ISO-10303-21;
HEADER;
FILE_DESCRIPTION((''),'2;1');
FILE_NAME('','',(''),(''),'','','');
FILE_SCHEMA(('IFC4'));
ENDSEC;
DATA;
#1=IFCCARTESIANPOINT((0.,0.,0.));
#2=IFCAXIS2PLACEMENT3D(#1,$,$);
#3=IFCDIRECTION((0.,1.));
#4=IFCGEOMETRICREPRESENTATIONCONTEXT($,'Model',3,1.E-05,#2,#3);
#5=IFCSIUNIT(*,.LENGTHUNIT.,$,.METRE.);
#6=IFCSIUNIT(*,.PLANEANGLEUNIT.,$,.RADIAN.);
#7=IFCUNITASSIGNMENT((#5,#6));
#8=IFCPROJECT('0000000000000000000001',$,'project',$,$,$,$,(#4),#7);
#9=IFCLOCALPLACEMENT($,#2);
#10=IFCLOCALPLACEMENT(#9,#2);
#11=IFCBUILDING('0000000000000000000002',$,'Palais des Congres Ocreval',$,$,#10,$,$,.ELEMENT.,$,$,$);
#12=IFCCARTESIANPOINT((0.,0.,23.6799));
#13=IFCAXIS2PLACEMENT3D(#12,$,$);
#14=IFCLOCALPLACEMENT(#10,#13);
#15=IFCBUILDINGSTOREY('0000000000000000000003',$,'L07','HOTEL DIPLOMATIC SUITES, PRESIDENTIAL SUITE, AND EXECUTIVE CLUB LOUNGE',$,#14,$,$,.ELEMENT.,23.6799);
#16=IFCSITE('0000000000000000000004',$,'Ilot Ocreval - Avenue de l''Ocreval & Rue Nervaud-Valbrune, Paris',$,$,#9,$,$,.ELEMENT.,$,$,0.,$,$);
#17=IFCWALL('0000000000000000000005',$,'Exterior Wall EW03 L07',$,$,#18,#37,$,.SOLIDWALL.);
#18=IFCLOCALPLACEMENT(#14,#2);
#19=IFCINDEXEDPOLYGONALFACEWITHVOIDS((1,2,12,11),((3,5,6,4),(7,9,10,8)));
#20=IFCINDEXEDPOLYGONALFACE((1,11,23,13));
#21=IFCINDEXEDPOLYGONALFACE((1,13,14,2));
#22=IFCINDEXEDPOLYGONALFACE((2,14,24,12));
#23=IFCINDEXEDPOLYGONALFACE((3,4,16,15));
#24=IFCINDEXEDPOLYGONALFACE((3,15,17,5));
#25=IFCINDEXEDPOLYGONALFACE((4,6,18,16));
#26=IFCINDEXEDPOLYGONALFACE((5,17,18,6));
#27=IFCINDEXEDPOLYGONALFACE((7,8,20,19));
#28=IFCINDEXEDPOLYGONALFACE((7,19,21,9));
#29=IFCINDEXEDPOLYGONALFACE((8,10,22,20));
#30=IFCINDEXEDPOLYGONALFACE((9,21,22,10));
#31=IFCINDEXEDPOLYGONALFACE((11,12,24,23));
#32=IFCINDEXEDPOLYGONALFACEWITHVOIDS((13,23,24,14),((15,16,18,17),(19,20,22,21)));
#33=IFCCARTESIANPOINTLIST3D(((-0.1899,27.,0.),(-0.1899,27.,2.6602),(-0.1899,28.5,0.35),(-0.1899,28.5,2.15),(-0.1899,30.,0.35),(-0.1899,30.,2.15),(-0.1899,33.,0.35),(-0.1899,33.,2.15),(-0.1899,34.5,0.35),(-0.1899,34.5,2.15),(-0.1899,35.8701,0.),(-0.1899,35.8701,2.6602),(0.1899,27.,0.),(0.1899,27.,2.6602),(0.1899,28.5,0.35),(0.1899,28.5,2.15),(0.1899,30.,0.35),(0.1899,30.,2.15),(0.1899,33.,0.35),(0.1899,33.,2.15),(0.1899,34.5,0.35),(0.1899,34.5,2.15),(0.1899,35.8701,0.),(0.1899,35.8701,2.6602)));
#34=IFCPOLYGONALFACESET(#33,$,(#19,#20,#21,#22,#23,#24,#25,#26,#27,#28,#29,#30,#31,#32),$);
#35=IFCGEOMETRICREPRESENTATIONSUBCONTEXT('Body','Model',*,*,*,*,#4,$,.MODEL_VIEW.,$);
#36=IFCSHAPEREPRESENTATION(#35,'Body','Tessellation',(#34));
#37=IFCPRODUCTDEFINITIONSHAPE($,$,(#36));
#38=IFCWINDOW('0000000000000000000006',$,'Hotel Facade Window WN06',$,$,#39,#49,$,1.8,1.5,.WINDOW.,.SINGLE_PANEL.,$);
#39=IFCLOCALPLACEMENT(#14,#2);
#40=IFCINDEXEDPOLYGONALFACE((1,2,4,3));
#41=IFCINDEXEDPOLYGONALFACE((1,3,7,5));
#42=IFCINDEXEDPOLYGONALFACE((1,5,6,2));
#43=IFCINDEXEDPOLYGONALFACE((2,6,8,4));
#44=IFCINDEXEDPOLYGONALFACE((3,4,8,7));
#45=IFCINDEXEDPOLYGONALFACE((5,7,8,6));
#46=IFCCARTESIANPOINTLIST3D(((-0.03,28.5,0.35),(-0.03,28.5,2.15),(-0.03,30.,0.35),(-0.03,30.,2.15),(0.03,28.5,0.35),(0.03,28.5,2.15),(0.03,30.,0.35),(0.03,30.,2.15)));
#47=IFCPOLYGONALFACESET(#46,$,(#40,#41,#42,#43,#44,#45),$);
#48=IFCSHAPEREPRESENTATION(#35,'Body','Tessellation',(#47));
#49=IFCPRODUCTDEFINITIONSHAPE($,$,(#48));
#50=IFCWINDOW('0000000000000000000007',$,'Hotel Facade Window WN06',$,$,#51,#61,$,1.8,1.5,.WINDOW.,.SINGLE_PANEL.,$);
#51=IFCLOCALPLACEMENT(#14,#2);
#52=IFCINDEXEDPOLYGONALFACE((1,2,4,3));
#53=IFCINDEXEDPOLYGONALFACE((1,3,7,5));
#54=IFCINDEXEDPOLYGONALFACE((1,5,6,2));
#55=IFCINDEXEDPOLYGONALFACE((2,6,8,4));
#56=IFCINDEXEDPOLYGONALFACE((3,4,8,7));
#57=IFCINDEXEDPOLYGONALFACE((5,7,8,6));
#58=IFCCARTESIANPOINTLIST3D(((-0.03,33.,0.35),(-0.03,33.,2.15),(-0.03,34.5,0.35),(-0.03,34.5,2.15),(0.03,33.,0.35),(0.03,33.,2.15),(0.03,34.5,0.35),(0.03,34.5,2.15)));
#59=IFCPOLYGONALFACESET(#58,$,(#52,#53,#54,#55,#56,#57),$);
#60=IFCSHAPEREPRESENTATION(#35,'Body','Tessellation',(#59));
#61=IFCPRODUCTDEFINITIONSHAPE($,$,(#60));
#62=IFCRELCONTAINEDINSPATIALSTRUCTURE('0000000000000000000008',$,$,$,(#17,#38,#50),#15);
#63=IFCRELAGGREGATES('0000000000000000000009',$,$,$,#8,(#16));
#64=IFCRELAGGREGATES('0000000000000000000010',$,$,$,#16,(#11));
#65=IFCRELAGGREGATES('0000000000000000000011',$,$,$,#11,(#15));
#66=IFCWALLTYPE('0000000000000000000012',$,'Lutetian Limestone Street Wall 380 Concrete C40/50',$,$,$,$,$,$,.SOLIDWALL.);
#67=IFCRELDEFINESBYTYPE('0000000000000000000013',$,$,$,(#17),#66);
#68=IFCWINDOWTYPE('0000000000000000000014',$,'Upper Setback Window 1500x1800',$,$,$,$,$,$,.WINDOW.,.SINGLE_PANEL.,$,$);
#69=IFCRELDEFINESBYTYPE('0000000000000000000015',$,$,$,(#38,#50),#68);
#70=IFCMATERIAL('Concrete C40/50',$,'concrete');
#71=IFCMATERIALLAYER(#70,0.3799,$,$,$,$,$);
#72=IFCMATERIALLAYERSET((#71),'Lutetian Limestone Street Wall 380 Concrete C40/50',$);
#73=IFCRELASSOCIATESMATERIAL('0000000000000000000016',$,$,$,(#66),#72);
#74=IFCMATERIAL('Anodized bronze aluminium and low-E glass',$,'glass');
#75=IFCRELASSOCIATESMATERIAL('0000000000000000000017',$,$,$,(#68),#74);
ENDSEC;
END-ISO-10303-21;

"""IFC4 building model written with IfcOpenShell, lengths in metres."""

from ifc_helpers import new_model, si_unit, direction, frame, frame_2d, origin, place, context, subcontext, project, spatial, rectangle, extrude, material, layer, layer_set, type_object, element, fill, save


model = new_model("IFC4")

# Units and contexts
model_context = context("Model", 3, precision=1e-05, world=origin(), true_north=direction((0.0, 1.0)))
body_context = subcontext(model_context, "Body", "Model", "MODEL_VIEW")
ifc_project = project(units=[si_unit("LENGTHUNIT", "METRE"), si_unit("PLANEANGLEUNIT", "RADIAN")], contexts=[model_context])

# Site, building, storey
site_placement = place(None, origin())
site = spatial("IfcSite", under=ifc_project, at=site_placement, Name="Ilot Ocreval - Avenue de l'Ocreval & Rue Nervaud-Valbrune, Paris", CompositionType="ELEMENT", RefElevation=0.0)
building_placement = place(site_placement, origin())
building = spatial("IfcBuilding", under=site, at=building_placement, Name="Palais des Congres Ocreval", CompositionType="ELEMENT")
storey_placement = place(building_placement, frame((0.0, 0.0, 23.6799)))
storey = spatial("IfcBuildingStorey", under=building, at=storey_placement, Name="L07", Description="HOTEL DIPLOMATIC SUITES, PRESIDENTIAL SUITE, AND EXECUTIVE CLUB LOUNGE", CompositionType="ELEMENT", Elevation=23.6799)

# Shared definitions
ifc_material_1 = material(Name="Concrete C40/50", Category="concrete")

# Wall, openings, windows
ifc_layer_1 = layer(ifc_material_1, 0.3799)
ifc_layer_set_1 = layer_set([ifc_layer_1], Name="Lutetian Limestone Street Wall 380 Concrete C40/50")
wall_type_1 = type_object("IfcWallType", Name="Lutetian Limestone Street Wall 380 Concrete C40/50", PredefinedType="SOLIDWALL", material=ifc_layer_set_1)
wall_1_placement = place(storey_placement, frame((0.0, 27.0, 0.0), z_axis=(0.0, 0.0, 1.0), x_axis=(0.0, 1.0, 0.0)))
wall_1 = element("IfcWall", 1, at=wall_1_placement, inside=storey, type_object=wall_type_1, Name="Exterior Wall EW03 L07", PredefinedType="SOLIDWALL", context=body_context, shape_type="SweptSolid", body=[
    extrude(rectangle(XDim=8.8701, YDim=0.3799, at=frame_2d((4.4351, 0.0))), origin(), (0.0, 0.0, 1.0), 2.6602),
])
opening_1_placement = place(wall_1_placement, frame((1.5, 0.0, 0.3501)))
opening_1 = element("IfcOpeningElement", 2, at=opening_1_placement, cuts=wall_1, PredefinedType="OPENING", context=body_context, shape_type="SweptSolid", body=[
    extrude(rectangle(XDim=1.5, YDim=1.8, at=frame_2d((0.75, 0.8999))), frame((0.0, 0.2, 0.0), z_axis=(0.0, -1.0, 0.0), x_axis=(1.0, 0.0, 0.0)), (0.0, 0.0, 1.0), 0.3999),
])
opening_2_placement = place(wall_1_placement, frame((6.0, 0.0, 0.3501)))
opening_2 = element("IfcOpeningElement", 3, at=opening_2_placement, cuts=wall_1, PredefinedType="OPENING", context=body_context, shape_type="SweptSolid", body=[
    extrude(rectangle(XDim=1.5, YDim=1.8, at=frame_2d((0.75, 0.8999))), frame((0.0, 0.2, 0.0), z_axis=(0.0, -1.0, 0.0), x_axis=(1.0, 0.0, 0.0)), (0.0, 0.0, 1.0), 0.3999),
])
ifc_material_2 = material(Name="Anodized bronze aluminium and low-E glass", Category="glass")
window_type = type_object("IfcWindowType", Name="Upper Setback Window 1500x1800", PartitioningType="SINGLE_PANEL", PredefinedType="WINDOW", material=ifc_material_2)
window_1_placement = place(opening_1_placement, origin())
window_1 = element("IfcWindow", 4, at=window_1_placement, inside=storey, type_object=window_type, Name="Hotel Facade Window WN06", OverallHeight=1.8, OverallWidth=1.5, PartitioningType="SINGLE_PANEL", PredefinedType="WINDOW", context=body_context, shape_type="SweptSolid", body=[
    extrude(rectangle(XDim=1.5, YDim=1.8, at=frame_2d((0.75, 0.8999))), frame((0.0, 0.03, 0.0), z_axis=(0.0, -1.0, 0.0), x_axis=(1.0, 0.0, 0.0)), (0.0, 0.0, 1.0), 0.0601),
])
fill(opening_1, window_1)
window_2_placement = place(opening_2_placement, origin())
window_2 = element("IfcWindow", 5, at=window_2_placement, inside=storey, type_object=window_type, Name="Hotel Facade Window WN06", OverallHeight=1.8, OverallWidth=1.5, PartitioningType="SINGLE_PANEL", PredefinedType="WINDOW", context=body_context, shape_type="SweptSolid", body=[
    extrude(rectangle(XDim=1.5, YDim=1.8, at=frame_2d((0.75, 0.8999))), frame((0.0, 0.03, 0.0), z_axis=(0.0, -1.0, 0.0), x_axis=(1.0, 0.0, 0.0)), (0.0, 0.0, 1.0), 0.0601),
])
fill(opening_2, window_2)

save(model, "model.ifc")
